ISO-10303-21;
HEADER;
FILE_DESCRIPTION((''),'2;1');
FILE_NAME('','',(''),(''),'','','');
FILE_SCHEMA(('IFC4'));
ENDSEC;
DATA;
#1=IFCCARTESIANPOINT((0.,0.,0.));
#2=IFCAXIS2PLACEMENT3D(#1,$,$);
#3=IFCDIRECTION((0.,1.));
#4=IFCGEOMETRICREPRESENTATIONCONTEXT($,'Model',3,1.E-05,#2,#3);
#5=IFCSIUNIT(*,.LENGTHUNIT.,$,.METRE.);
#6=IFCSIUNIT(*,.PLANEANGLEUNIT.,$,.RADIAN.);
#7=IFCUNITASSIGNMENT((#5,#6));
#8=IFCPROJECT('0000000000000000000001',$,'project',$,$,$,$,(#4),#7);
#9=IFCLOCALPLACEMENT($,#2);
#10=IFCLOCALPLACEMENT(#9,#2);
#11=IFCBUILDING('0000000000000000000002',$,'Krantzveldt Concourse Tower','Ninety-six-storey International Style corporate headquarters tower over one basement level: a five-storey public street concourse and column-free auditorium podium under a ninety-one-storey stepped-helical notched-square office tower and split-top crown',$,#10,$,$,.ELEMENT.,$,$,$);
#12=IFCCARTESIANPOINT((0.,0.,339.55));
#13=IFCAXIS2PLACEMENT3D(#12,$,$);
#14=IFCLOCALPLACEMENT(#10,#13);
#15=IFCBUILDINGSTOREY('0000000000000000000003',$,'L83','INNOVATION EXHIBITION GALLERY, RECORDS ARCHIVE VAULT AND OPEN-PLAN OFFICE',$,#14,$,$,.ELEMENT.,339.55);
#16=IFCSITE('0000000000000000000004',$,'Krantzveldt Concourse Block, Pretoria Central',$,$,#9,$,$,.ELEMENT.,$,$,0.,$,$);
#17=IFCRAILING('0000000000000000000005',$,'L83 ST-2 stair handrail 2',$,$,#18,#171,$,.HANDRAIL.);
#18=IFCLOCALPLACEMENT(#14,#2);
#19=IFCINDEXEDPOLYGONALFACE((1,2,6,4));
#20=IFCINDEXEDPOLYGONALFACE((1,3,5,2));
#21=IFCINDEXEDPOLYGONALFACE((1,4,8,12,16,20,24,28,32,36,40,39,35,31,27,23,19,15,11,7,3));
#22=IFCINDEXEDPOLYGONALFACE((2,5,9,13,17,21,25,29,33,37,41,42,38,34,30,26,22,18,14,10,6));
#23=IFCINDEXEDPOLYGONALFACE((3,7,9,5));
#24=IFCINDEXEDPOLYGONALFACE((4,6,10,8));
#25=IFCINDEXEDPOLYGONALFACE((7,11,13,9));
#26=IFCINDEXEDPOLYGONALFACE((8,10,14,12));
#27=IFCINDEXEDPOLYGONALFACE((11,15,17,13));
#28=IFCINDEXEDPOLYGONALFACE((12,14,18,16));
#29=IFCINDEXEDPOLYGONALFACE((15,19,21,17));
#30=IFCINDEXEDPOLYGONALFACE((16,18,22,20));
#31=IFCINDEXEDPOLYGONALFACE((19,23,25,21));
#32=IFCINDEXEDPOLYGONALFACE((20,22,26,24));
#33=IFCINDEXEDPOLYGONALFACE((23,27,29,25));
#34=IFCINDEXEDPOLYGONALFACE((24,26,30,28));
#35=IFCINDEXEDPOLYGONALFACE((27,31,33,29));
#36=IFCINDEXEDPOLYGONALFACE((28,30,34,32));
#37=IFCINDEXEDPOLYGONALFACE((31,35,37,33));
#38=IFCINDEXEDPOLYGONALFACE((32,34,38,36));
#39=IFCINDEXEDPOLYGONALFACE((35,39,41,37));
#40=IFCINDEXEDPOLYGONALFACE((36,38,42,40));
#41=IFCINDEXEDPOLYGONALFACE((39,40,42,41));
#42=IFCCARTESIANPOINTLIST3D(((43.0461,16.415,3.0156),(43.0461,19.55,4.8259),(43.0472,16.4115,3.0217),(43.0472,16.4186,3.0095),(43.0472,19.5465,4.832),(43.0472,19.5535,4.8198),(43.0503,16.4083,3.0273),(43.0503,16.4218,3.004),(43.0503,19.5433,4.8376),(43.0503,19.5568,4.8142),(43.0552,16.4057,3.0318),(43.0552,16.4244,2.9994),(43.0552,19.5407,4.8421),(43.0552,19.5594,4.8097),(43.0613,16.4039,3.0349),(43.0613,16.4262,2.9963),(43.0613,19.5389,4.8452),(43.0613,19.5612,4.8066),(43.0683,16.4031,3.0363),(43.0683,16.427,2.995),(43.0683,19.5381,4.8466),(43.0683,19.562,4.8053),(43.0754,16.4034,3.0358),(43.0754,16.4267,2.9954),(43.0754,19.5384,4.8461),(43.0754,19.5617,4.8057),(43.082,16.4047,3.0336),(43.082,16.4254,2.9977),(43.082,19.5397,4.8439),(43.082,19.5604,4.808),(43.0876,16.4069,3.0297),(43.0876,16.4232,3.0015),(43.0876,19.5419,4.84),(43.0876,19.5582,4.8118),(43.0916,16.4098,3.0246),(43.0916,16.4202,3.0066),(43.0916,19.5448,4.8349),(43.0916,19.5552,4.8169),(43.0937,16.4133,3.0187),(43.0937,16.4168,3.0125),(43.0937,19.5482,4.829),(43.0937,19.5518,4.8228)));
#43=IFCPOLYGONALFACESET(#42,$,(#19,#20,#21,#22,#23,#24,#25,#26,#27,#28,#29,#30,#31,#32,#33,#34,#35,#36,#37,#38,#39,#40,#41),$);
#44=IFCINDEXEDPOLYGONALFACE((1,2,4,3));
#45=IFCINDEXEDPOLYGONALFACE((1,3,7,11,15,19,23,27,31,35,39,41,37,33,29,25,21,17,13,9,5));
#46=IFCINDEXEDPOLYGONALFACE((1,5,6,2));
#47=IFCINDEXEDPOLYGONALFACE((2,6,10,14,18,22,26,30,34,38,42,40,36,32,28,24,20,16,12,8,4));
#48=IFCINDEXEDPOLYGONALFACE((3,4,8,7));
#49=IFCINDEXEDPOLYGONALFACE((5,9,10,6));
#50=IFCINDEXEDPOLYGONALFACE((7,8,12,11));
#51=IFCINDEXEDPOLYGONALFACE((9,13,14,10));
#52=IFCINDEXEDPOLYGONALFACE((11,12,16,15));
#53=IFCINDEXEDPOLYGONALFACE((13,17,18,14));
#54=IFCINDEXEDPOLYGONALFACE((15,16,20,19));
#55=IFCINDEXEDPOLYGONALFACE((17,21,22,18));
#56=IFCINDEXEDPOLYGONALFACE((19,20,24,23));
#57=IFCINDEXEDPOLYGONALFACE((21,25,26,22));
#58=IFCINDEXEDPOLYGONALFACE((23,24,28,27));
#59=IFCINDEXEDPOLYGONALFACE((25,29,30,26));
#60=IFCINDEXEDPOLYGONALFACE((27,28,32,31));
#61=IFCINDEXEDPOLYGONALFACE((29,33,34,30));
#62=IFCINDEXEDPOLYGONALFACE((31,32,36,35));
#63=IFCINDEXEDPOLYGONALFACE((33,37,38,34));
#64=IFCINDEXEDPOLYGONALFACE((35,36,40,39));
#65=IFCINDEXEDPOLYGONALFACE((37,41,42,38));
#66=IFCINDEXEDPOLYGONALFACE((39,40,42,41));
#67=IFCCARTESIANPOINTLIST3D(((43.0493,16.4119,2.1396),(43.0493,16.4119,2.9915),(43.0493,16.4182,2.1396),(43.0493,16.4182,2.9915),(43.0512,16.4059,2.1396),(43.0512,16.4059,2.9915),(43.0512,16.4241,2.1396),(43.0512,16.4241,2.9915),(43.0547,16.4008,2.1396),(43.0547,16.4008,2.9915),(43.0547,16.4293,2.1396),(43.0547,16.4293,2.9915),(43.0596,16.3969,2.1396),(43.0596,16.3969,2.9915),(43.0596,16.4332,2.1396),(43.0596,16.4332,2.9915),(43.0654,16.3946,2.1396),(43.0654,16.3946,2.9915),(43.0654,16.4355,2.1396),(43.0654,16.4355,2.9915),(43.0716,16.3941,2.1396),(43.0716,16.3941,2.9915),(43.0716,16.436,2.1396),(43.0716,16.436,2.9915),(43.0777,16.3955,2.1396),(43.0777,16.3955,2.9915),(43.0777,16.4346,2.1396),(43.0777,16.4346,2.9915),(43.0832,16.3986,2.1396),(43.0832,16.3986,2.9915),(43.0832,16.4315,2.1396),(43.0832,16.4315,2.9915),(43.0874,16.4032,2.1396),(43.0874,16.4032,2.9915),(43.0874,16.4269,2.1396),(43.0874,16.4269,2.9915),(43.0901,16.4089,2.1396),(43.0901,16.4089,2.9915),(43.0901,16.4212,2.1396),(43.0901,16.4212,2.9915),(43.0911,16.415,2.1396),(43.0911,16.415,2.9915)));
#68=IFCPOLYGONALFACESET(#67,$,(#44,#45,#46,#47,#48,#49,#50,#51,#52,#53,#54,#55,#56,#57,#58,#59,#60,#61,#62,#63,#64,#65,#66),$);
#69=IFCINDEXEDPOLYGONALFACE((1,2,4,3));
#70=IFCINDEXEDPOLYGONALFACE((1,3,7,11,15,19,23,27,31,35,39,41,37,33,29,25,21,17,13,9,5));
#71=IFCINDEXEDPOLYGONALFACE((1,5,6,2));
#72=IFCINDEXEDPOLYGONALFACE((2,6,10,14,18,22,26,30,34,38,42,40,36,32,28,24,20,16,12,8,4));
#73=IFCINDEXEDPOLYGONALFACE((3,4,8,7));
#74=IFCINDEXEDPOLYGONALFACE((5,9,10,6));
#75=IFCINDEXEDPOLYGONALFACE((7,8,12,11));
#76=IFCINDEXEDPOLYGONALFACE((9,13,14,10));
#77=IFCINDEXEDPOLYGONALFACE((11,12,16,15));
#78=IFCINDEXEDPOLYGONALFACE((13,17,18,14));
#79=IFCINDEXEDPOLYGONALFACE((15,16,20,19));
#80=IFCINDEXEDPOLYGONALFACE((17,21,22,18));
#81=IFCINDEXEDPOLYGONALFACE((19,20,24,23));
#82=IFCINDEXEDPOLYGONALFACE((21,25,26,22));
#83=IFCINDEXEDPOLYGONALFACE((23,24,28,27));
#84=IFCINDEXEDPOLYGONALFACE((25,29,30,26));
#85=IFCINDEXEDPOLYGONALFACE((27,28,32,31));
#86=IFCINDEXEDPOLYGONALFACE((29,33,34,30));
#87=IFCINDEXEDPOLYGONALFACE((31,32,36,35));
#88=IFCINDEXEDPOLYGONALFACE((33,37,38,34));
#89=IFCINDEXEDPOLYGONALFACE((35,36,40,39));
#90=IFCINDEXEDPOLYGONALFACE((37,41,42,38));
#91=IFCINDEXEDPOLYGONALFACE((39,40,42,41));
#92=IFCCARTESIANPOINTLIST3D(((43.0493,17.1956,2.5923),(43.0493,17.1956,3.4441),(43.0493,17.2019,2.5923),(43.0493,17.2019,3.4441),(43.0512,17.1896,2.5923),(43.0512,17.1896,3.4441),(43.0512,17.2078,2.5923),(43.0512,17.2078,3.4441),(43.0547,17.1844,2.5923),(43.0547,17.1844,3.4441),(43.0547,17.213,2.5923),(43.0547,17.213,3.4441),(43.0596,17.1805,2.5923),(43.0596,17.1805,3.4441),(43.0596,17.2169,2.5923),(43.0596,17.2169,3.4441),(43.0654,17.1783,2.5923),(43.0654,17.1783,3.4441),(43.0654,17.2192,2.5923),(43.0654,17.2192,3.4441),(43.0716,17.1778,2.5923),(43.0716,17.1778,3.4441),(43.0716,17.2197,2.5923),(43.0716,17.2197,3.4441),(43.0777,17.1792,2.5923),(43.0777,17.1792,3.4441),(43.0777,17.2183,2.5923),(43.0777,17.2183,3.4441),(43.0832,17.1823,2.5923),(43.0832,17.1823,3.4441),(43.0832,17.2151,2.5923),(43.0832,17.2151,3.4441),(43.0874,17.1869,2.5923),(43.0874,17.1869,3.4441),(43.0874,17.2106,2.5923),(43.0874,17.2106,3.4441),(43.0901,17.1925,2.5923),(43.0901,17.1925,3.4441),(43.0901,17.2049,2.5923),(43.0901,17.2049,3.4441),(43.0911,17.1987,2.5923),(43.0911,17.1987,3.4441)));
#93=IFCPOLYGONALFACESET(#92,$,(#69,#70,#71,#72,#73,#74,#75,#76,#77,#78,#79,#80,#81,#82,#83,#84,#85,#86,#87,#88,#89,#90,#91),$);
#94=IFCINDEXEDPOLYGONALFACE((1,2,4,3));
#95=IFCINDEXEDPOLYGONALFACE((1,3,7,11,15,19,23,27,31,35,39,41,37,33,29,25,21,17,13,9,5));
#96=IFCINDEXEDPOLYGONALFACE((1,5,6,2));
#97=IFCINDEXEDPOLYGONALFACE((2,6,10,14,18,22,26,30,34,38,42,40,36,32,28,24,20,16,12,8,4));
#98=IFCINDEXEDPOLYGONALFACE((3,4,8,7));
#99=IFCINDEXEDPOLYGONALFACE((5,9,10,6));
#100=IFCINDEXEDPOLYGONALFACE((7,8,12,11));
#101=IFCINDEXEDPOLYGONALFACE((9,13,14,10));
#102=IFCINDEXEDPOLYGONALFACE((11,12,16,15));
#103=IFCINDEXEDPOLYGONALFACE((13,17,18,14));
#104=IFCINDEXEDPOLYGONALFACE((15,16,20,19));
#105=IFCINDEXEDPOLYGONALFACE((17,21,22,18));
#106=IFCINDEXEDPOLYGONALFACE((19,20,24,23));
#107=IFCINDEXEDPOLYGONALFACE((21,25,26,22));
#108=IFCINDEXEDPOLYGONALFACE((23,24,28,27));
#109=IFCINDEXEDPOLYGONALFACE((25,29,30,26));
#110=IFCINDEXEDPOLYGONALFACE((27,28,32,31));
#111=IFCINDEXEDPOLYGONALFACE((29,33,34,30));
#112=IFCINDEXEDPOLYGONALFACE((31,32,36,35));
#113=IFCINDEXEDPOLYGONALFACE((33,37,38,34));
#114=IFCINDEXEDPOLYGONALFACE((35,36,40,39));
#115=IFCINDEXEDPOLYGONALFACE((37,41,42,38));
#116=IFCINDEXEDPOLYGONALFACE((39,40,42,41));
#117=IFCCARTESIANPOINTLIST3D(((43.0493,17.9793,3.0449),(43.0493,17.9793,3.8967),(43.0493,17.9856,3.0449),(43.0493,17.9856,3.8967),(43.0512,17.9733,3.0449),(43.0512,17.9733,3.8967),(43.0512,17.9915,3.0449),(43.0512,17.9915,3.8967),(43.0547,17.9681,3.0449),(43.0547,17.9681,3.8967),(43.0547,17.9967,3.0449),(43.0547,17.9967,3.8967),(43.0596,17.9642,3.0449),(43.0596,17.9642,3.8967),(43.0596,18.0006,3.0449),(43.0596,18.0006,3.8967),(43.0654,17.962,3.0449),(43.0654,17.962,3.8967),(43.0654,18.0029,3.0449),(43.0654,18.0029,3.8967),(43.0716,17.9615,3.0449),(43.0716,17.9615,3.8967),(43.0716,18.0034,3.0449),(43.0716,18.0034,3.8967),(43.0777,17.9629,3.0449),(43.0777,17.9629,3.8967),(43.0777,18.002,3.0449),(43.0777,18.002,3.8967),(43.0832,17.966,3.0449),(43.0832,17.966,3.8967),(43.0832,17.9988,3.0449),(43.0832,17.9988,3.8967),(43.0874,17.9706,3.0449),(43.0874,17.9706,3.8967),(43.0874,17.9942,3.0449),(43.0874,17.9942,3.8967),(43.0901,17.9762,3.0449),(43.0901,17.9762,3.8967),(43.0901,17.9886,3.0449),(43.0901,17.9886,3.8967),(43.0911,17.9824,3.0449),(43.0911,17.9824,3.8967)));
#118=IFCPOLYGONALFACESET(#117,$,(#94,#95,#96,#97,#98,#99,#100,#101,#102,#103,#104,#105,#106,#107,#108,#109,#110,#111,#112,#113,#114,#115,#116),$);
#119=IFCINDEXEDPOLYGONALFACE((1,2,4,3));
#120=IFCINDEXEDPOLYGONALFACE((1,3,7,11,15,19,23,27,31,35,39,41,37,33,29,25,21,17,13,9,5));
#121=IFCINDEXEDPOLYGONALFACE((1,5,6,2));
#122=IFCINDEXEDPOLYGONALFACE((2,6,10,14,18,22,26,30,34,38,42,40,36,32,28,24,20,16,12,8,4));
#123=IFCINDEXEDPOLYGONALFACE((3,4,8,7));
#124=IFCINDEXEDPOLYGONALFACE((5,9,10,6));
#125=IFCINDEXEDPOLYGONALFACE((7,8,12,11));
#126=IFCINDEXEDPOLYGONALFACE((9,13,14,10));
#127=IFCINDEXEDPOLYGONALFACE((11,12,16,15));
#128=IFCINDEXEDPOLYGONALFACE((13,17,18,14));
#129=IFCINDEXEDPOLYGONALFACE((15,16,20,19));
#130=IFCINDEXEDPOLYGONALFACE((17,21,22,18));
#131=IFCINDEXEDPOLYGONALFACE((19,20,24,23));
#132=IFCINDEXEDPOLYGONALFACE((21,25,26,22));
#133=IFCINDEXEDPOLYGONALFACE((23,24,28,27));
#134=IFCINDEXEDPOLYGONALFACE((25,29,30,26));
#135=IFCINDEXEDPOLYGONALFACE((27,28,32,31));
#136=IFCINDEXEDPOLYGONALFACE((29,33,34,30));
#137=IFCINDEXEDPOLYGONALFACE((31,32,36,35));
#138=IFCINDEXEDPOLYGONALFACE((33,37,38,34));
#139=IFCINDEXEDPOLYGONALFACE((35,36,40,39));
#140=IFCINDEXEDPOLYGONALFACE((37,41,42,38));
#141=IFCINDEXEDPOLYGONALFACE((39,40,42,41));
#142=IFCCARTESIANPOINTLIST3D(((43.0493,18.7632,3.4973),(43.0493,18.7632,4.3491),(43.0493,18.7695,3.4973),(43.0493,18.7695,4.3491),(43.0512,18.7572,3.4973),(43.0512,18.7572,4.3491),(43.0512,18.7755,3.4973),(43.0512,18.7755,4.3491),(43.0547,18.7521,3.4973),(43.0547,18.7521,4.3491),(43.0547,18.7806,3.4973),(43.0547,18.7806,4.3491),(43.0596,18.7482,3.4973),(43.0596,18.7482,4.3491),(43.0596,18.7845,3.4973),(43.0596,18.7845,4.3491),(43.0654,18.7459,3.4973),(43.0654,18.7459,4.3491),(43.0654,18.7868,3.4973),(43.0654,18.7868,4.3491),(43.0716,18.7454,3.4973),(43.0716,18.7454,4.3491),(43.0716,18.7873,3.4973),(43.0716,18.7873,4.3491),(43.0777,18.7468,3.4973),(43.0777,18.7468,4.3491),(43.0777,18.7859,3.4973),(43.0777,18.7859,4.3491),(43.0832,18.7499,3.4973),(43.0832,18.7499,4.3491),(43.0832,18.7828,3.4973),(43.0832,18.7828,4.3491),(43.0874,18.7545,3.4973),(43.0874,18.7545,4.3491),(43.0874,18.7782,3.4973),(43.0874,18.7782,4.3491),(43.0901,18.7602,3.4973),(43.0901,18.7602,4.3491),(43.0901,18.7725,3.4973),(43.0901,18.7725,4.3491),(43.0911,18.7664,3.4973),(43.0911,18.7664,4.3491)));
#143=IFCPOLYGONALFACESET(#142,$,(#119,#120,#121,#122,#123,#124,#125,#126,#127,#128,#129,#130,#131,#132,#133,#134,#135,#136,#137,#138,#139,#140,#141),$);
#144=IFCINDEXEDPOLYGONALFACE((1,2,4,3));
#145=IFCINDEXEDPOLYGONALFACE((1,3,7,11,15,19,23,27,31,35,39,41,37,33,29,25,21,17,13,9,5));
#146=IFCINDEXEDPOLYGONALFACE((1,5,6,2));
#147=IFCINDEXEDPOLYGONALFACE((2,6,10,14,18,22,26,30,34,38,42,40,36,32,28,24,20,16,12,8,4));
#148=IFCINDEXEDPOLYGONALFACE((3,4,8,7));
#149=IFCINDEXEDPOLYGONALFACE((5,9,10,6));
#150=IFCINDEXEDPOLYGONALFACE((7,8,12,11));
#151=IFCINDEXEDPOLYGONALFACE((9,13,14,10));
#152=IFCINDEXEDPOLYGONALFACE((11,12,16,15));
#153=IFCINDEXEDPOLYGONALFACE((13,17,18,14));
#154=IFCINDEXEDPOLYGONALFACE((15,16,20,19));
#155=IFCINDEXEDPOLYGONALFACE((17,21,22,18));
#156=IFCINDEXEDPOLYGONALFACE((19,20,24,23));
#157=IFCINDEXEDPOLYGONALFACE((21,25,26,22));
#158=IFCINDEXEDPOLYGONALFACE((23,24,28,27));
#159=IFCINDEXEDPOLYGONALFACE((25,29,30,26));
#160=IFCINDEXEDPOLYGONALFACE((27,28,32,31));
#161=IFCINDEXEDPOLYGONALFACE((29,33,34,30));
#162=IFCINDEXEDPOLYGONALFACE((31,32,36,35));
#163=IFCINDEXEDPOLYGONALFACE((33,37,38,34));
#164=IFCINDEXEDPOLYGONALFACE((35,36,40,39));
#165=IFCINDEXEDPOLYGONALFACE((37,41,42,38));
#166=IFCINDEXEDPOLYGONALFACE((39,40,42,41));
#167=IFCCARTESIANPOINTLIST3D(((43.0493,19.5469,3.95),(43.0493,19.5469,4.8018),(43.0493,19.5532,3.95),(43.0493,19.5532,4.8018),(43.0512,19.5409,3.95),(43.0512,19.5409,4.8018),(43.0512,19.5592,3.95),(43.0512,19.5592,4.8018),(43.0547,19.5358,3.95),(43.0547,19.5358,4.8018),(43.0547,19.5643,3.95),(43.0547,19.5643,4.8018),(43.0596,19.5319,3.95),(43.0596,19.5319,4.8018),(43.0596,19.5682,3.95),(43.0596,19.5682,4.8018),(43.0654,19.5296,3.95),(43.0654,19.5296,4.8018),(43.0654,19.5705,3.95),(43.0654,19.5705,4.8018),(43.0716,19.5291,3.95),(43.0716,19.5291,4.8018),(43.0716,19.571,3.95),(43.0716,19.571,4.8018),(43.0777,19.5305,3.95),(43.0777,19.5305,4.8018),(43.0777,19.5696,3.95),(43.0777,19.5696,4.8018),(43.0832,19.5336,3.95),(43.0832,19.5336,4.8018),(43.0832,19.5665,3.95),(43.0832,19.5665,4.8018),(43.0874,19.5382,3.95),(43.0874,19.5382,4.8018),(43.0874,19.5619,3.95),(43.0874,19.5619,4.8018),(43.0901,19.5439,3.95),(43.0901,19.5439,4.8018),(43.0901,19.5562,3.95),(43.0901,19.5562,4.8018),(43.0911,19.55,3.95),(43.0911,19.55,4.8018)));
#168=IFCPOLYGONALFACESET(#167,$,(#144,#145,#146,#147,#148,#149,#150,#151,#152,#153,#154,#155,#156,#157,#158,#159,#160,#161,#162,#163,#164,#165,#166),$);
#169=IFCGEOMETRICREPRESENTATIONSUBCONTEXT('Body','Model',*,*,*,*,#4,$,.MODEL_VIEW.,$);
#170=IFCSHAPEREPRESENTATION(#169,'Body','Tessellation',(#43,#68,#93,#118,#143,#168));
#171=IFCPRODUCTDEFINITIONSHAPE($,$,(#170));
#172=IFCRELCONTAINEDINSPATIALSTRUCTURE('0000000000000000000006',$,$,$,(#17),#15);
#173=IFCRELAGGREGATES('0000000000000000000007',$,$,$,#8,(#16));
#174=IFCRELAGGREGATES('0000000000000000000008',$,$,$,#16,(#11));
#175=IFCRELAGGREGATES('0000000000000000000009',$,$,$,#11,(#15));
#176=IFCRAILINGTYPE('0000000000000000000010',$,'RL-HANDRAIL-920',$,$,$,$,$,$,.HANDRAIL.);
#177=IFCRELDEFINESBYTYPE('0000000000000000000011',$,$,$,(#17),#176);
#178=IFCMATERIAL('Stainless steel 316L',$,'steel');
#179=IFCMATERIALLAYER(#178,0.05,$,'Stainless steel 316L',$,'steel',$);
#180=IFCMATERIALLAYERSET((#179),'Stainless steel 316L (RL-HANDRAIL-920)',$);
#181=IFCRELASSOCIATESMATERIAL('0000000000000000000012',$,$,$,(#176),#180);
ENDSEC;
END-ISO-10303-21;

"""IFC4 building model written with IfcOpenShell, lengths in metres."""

from ifc_helpers import new_model, si_unit, direction, frame, origin, origin_2d, place, context, subcontext, project, spatial, circle, extrude, material, layer, layer_set, type_object, element, save


model = new_model("IFC4")

# Units and contexts
model_context = context("Model", 3, precision=1e-05, world=origin(), true_north=direction((0.0, 1.0)))
body_context = subcontext(model_context, "Body", "Model", "MODEL_VIEW")
ifc_project = project(units=[si_unit("LENGTHUNIT", "METRE"), si_unit("PLANEANGLEUNIT", "RADIAN")], contexts=[model_context])

# Site, building, storey
site_placement = place(None, origin())
site = spatial("IfcSite", under=ifc_project, at=site_placement, Name="Krantzveldt Concourse Block, Pretoria Central", CompositionType="ELEMENT", RefElevation=0.0)
building_placement = place(site_placement, origin())
building = spatial("IfcBuilding", under=site, at=building_placement, Name="Krantzveldt Concourse Tower", Description="Ninety-six-storey International Style corporate headquarters tower over one basement level: a five-storey public street concourse and column-free auditorium podium under a ninety-one-storey stepped-helical notched-square office tower and split-top crown", CompositionType="ELEMENT")
storey_placement = place(building_placement, frame((0.0, 0.0, 339.55)))
storey = spatial("IfcBuildingStorey", under=building, at=storey_placement, Name="L83", Description="INNOVATION EXHIBITION GALLERY, RECORDS ARCHIVE VAULT AND OPEN-PLAN OFFICE", CompositionType="ELEMENT", Elevation=339.55)

# Railing
ifc_material_1 = material(Name="Stainless steel 316L", Category="steel")
ifc_layer_1 = layer(ifc_material_1, 0.05, Name="Stainless steel 316L", Category="steel")
ifc_layer_set_1 = layer_set([ifc_layer_1], Name="Stainless steel 316L (RL-HANDRAIL-920)")
railing_type = type_object("IfcRailingType", Name="RL-HANDRAIL-920", PredefinedType="HANDRAIL", material=ifc_layer_set_1)
railing_placement = place(storey_placement, frame((43.0701, 16.415, 2.1396)))
element("IfcRailing", 1, at=railing_placement, inside=storey, type_object=railing_type, Name="L83 ST-2 stair handrail 2", PredefinedType="HANDRAIL", context=body_context, shape_type="SweptSolid", body=[
    extrude(circle(Radius=0.0239, at=origin_2d()), frame((0.0, 0.0, 0.876), z_axis=(0.0, 0.865989, 0.500063), x_axis=(-1.0, 0.0, 0.0)), (0.0, 0.0, 1.0), 3.6201),
    extrude(circle(Radius=0.021, at=origin_2d()), origin(), (0.0, 0.0, 1.0), 0.8518),
    extrude(circle(Radius=0.021, at=origin_2d()), frame((0.0, 0.7837, 0.4526)), (0.0, 0.0, 1.0), 0.8518),
    extrude(circle(Radius=0.021, at=origin_2d()), frame((0.0, 1.5674, 0.9053)), (0.0, 0.0, 1.0), 0.8518),
    extrude(circle(Radius=0.021, at=origin_2d()), frame((0.0, 2.3513, 1.3577)), (0.0, 0.0, 1.0), 0.8518),
    extrude(circle(Radius=0.021, at=origin_2d()), frame((0.0, 3.135, 1.8103)), (0.0, 0.0, 1.0), 0.8518),
])

save(model, "model.ifc")
